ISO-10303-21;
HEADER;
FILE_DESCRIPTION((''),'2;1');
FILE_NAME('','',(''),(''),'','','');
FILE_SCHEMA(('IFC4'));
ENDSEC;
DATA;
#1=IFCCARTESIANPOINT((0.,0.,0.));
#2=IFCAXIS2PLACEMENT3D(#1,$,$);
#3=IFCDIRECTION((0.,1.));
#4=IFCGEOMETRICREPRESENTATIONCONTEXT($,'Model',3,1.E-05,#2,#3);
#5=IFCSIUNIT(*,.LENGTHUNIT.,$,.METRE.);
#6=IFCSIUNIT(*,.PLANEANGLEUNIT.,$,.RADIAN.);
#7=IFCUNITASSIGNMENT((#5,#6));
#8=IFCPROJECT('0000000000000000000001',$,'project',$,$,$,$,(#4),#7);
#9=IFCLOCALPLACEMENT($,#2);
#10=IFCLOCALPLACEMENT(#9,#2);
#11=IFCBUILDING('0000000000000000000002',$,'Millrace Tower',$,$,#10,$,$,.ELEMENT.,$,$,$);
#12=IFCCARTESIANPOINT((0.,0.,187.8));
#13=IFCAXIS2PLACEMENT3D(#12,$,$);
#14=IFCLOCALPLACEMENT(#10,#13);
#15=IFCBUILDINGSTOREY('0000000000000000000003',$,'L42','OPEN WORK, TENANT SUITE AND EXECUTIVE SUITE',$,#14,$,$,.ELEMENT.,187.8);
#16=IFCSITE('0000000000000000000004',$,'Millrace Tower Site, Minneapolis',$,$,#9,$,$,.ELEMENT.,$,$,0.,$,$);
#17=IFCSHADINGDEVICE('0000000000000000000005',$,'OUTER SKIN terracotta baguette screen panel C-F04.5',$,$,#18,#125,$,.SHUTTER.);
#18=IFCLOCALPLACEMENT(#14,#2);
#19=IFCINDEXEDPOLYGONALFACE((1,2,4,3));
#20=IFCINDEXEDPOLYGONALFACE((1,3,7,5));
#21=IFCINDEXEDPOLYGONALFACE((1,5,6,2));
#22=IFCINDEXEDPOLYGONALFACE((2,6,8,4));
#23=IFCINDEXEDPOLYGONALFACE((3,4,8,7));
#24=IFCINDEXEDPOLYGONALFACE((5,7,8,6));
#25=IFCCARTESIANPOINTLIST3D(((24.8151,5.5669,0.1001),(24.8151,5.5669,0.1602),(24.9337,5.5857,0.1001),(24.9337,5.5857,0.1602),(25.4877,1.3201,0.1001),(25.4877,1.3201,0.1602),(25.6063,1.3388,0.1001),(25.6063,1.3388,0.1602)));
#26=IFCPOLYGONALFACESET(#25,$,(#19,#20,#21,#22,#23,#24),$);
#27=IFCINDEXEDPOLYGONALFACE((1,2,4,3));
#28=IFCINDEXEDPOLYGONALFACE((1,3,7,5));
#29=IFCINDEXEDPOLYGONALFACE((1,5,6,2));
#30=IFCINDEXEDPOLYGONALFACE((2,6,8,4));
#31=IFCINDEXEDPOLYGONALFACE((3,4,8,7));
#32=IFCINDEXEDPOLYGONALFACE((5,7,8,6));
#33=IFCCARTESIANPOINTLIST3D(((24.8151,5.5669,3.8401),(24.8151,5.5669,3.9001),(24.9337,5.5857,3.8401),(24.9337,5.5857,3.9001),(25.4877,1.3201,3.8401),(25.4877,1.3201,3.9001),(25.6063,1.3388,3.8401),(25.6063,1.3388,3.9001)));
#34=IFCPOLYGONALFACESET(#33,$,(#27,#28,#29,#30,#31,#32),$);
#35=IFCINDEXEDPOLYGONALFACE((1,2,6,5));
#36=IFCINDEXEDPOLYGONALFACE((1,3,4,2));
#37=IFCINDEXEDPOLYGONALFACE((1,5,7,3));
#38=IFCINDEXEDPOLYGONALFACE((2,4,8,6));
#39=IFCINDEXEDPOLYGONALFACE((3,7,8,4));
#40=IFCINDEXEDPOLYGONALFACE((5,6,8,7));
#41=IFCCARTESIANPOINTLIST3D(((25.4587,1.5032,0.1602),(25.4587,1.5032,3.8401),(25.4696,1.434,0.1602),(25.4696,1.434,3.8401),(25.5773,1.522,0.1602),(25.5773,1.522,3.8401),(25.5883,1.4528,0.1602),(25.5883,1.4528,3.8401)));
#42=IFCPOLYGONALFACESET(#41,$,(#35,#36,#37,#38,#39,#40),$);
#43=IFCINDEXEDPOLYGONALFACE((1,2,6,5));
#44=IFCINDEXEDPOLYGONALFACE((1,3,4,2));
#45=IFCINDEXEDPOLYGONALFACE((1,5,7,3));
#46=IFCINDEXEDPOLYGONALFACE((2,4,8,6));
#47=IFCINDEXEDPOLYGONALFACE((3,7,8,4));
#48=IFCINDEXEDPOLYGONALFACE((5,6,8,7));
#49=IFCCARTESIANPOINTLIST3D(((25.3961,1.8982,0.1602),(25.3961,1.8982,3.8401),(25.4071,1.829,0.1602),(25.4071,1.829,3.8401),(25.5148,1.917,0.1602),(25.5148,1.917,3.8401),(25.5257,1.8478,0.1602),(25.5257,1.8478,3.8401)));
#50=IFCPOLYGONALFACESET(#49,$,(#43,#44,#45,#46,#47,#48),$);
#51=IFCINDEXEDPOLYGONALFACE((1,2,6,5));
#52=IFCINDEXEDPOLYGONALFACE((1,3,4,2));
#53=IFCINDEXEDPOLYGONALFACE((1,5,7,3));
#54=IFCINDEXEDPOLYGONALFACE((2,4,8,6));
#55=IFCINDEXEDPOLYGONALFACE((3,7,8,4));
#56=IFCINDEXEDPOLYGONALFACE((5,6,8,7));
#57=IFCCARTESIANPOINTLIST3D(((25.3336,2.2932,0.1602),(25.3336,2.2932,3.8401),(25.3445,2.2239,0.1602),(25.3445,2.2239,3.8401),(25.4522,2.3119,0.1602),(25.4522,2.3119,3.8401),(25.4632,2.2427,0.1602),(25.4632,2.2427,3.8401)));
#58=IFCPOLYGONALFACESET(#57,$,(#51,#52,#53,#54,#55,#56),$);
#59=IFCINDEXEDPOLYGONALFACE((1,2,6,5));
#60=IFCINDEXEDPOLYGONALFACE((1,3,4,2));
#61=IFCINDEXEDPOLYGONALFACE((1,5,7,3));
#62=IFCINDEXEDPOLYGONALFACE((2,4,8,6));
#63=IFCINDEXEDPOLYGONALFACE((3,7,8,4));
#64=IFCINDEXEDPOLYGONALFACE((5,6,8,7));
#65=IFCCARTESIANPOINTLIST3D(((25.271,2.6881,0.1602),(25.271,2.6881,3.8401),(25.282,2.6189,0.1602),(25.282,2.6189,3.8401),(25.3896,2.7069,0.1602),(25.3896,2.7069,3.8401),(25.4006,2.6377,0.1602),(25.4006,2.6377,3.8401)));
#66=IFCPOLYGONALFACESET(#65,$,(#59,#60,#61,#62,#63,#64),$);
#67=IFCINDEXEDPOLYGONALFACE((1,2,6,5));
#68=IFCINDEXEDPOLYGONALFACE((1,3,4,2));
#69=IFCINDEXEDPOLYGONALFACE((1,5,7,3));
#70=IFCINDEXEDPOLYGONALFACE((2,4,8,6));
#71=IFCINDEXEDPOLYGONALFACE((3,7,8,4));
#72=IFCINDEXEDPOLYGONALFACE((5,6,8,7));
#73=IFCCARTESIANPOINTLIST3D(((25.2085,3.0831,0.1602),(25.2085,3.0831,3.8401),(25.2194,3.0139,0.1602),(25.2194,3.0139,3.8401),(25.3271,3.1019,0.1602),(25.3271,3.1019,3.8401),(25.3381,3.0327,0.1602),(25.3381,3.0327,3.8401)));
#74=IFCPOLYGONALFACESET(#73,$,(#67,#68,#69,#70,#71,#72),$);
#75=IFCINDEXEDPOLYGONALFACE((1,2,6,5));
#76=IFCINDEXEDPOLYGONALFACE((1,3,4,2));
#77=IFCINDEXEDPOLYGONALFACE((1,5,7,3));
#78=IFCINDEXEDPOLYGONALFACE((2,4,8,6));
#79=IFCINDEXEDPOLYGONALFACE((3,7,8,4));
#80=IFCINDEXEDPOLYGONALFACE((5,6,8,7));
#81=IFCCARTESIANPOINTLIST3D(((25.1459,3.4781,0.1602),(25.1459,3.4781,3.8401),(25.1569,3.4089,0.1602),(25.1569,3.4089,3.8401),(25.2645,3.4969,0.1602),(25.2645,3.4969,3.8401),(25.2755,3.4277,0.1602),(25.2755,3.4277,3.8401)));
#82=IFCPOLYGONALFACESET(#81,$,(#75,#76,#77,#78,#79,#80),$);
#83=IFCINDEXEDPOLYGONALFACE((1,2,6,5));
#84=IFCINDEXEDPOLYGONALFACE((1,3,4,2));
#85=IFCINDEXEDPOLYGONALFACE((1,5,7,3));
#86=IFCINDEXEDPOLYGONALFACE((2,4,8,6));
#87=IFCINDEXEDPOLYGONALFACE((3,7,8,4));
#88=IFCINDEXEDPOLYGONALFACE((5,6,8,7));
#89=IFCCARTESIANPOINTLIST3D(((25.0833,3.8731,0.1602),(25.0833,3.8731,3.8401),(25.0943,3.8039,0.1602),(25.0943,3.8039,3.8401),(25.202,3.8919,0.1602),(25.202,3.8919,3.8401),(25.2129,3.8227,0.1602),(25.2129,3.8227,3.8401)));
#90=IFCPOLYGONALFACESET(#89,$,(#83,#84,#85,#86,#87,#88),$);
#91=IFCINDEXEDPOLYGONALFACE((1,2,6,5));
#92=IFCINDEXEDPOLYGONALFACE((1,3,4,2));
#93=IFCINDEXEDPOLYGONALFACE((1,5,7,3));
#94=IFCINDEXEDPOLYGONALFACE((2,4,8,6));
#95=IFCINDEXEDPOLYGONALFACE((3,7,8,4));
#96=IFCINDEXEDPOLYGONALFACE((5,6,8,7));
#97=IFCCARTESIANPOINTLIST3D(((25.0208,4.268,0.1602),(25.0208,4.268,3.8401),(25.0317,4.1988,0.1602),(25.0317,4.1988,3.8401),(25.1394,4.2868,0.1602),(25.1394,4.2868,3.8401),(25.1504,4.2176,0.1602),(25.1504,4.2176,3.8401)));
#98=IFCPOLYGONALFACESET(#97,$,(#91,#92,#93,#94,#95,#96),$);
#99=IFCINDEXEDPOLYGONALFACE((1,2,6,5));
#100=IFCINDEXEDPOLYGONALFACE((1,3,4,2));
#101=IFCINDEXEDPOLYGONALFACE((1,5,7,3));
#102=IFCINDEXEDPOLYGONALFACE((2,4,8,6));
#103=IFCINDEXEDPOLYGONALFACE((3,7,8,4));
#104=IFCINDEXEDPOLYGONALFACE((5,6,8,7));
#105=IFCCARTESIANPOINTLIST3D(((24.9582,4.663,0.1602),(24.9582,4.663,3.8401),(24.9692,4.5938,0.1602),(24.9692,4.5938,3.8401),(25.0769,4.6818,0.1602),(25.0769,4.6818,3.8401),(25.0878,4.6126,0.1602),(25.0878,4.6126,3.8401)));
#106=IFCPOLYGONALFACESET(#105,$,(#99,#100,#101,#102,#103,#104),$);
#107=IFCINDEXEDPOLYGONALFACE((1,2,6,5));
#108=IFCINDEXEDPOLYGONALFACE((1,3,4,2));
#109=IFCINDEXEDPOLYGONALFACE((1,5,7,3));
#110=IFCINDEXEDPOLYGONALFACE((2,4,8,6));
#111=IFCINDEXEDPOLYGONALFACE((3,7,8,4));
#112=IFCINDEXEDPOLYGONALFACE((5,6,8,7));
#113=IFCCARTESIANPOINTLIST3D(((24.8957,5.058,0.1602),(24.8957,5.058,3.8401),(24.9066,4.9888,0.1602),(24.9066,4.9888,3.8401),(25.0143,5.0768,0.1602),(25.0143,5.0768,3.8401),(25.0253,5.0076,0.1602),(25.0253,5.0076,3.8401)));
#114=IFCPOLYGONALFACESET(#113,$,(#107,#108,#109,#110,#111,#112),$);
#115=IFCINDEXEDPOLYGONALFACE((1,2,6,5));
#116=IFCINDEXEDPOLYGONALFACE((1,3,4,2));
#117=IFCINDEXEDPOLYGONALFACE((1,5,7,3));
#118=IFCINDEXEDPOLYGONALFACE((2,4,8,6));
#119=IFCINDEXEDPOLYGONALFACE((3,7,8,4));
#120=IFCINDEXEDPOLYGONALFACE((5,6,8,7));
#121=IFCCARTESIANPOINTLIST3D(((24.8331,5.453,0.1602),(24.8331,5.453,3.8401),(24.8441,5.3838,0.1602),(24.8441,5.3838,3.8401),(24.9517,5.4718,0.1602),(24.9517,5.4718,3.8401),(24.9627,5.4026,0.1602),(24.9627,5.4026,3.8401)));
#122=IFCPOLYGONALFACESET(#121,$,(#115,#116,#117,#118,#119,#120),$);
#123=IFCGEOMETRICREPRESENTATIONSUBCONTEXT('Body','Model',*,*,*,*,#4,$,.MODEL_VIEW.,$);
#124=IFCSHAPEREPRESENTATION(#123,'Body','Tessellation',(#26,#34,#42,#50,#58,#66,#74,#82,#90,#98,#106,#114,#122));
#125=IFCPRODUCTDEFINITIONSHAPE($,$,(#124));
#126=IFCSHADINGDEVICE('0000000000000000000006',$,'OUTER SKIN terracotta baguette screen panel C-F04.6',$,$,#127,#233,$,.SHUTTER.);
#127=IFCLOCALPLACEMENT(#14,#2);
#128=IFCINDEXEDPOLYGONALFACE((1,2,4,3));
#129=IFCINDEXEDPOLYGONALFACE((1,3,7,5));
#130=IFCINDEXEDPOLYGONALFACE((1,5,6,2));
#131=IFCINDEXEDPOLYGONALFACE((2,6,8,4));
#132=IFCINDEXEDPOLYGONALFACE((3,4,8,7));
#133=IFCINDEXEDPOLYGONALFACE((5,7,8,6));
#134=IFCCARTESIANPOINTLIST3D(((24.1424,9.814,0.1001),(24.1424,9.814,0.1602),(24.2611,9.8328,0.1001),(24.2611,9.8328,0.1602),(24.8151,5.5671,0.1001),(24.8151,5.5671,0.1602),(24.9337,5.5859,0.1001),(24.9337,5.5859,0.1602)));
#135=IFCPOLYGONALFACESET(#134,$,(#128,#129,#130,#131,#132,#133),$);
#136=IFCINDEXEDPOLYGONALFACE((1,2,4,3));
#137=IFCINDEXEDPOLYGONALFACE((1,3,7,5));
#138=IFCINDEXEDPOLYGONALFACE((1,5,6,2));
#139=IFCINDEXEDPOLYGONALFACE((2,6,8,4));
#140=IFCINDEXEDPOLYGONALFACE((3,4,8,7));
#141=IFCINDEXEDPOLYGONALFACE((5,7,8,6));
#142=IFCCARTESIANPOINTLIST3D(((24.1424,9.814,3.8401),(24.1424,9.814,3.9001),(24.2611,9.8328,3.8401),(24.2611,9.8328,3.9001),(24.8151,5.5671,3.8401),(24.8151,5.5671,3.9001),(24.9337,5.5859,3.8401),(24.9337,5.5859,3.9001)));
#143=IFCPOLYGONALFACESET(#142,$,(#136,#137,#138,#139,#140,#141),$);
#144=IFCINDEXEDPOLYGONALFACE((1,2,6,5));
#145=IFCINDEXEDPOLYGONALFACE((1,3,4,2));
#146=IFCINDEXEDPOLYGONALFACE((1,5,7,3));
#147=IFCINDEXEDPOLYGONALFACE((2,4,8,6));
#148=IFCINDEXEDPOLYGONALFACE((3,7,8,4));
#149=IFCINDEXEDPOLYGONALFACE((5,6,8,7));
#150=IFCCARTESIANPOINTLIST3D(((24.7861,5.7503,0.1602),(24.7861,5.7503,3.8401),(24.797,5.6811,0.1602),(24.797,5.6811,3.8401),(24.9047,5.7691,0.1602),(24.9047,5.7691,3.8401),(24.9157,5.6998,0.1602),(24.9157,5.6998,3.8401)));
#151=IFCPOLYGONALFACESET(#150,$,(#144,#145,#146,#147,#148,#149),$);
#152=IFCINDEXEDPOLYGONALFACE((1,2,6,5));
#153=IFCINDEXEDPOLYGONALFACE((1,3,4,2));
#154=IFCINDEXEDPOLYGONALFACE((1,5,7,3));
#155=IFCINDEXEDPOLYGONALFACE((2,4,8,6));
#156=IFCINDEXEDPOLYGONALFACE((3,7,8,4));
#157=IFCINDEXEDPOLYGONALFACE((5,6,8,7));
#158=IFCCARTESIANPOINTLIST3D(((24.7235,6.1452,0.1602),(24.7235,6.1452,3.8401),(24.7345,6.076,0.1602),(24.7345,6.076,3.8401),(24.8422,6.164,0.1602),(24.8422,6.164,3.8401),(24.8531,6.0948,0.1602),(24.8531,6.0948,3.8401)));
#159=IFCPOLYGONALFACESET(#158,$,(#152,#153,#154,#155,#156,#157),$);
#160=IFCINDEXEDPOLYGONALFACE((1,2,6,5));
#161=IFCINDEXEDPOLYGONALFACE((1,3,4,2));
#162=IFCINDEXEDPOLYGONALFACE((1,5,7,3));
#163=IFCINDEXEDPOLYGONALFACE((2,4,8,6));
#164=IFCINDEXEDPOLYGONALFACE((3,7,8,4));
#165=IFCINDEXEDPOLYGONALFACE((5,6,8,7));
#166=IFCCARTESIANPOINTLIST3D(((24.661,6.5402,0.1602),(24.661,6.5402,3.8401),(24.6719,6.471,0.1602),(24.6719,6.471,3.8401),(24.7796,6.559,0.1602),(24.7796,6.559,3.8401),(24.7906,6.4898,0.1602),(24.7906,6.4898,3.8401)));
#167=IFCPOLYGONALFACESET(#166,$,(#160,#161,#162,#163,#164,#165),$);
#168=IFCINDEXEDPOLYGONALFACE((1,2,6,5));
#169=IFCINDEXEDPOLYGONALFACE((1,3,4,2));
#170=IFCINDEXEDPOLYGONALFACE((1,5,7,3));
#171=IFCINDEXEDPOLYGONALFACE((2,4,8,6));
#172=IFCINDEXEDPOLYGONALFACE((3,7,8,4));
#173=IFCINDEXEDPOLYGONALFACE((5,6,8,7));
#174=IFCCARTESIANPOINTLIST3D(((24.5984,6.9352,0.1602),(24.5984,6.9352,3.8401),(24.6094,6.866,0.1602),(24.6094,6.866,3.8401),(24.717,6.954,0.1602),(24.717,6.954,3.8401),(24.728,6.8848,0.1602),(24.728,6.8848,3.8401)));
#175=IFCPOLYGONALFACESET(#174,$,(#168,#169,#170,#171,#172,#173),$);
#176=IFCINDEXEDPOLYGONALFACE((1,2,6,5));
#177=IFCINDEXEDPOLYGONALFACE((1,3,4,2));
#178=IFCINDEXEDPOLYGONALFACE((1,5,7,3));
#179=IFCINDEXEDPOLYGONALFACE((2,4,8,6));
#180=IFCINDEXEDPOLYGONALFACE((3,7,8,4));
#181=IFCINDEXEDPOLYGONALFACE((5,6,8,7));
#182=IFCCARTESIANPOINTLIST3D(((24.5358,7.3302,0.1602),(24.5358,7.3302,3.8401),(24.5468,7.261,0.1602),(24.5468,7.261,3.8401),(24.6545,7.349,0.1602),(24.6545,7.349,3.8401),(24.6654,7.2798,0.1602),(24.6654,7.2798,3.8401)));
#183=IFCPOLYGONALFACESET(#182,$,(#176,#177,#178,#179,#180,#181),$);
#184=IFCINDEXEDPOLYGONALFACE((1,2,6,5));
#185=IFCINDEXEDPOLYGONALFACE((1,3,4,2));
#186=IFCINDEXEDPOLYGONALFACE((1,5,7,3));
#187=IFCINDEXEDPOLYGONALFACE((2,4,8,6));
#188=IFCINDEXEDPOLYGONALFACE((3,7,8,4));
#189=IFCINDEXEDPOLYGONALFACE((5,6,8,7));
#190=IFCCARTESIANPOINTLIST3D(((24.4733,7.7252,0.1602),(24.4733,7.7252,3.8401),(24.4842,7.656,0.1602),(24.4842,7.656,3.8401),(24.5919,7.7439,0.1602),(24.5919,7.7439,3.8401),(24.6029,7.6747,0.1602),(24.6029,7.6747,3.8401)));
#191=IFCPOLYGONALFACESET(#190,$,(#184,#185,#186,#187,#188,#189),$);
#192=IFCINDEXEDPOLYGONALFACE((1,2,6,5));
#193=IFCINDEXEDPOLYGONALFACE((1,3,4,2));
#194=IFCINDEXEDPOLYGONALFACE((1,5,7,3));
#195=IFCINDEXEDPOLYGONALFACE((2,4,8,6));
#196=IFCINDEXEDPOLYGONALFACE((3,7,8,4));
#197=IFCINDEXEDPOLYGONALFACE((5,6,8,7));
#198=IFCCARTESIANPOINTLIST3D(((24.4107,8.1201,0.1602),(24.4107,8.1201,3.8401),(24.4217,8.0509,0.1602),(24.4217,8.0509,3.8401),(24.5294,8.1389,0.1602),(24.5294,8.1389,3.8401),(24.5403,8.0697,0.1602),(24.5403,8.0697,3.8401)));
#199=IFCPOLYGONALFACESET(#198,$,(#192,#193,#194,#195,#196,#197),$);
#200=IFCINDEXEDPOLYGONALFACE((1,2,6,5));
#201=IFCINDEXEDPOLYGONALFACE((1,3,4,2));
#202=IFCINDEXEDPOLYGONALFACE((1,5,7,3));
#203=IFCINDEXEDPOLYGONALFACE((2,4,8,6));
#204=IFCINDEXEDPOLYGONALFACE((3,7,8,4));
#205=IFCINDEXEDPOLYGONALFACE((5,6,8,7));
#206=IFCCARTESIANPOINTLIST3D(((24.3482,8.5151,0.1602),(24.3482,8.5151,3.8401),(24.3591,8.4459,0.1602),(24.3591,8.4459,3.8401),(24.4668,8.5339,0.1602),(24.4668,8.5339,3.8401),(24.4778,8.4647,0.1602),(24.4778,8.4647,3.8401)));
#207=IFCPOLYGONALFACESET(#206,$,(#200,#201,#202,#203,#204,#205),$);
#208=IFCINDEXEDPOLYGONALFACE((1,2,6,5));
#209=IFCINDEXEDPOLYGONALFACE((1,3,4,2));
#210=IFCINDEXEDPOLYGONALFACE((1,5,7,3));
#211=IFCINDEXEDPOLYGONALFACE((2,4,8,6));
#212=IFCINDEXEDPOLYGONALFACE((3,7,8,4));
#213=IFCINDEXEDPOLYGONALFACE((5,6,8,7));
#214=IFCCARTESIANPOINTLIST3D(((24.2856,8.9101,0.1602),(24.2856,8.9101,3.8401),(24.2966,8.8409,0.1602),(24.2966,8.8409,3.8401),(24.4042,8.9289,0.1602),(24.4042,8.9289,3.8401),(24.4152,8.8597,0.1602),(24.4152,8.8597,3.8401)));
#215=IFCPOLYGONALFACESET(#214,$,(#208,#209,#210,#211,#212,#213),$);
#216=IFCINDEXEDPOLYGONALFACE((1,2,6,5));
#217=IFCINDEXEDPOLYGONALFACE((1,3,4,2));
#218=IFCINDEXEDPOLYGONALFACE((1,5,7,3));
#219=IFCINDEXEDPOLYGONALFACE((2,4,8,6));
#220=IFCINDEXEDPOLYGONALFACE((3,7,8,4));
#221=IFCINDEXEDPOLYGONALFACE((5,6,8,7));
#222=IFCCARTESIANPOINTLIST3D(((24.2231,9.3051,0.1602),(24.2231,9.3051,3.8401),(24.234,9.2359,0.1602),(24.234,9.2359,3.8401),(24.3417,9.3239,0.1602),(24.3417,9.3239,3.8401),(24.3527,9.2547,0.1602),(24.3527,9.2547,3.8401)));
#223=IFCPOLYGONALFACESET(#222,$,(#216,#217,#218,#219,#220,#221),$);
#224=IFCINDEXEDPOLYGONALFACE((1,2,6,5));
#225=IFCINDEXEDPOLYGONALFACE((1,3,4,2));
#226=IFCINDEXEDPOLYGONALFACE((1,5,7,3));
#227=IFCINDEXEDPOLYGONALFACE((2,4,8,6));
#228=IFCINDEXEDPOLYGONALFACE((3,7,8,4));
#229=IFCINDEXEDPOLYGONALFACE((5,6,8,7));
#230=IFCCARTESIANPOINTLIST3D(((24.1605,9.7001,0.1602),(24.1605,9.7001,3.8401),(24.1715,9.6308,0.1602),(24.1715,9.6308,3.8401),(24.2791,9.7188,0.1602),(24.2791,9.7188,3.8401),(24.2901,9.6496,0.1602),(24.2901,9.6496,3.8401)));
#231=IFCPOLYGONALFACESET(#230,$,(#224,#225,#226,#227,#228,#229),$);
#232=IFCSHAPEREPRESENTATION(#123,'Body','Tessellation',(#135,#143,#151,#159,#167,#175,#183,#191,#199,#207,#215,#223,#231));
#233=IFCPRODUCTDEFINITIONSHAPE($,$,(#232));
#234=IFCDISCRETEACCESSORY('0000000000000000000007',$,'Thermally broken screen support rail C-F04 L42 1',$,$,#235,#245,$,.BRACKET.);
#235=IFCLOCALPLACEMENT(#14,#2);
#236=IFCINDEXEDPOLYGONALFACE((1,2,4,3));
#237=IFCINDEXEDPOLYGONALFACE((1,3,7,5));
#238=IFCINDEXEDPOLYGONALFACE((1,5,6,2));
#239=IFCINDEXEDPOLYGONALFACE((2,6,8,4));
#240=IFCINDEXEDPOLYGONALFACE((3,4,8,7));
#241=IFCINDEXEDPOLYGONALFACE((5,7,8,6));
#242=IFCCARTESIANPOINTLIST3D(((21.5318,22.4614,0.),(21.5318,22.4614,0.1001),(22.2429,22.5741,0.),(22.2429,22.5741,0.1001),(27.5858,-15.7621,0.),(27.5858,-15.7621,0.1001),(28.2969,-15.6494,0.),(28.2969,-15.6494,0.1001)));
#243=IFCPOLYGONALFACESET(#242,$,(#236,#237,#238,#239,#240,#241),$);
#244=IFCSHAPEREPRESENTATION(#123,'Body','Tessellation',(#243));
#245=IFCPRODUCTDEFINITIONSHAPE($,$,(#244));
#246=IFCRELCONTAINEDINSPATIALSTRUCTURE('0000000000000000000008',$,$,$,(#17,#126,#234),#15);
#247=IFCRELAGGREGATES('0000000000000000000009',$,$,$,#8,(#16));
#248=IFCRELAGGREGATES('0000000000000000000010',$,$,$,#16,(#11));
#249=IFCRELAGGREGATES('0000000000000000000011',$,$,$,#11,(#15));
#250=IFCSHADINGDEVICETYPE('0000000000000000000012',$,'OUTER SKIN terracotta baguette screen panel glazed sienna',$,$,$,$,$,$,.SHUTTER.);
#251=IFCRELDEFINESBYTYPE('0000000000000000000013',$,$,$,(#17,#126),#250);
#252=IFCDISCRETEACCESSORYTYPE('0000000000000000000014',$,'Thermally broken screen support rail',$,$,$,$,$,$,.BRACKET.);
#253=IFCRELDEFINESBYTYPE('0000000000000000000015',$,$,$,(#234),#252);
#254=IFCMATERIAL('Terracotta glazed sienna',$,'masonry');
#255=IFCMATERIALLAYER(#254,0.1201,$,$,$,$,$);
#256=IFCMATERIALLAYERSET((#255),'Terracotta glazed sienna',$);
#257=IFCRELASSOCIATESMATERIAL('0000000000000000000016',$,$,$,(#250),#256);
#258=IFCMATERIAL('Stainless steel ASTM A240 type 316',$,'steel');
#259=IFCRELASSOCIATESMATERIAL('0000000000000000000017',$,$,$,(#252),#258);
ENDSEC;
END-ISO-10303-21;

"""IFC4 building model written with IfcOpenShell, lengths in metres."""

from ifc_helpers import new_model, entity, si_unit, direction, frame, frame_2d, origin, origin_2d, place, context, subcontext, project, spatial, rectangle, extrude, source, transform, mapped, material, layer, layer_set, type_object, element, save


model = new_model("IFC4")

# Units and contexts
model_context = context("Model", 3, precision=1e-05, world=origin(), true_north=direction((0.0, 1.0)))
body_context = subcontext(model_context, "Body", "Model", "MODEL_VIEW")
ifc_project = project(units=[si_unit("LENGTHUNIT", "METRE"), si_unit("PLANEANGLEUNIT", "RADIAN")], contexts=[model_context])

# Site, building, storey
site_placement = place(None, origin())
site = spatial("IfcSite", under=ifc_project, at=site_placement, Name="Millrace Tower Site, Minneapolis", CompositionType="ELEMENT", RefElevation=0.0)
building_placement = place(site_placement, origin())
building = spatial("IfcBuilding", under=site, at=building_placement, Name="Millrace Tower", CompositionType="ELEMENT")
storey_placement = place(building_placement, frame((0.0, 0.0, 187.8)))
storey = spatial("IfcBuildingStorey", under=building, at=storey_placement, Name="L42", Description="OPEN WORK, TENANT SUITE AND EXECUTIVE SUITE", CompositionType="ELEMENT", Elevation=187.8)

# Shading devices
ifc_material_1 = material(Name="Terracotta glazed sienna", Category="masonry")
ifc_layer_1 = layer(ifc_material_1, 0.1201)
ifc_layer_set_1 = layer_set([ifc_layer_1], Name="Terracotta glazed sienna")
shading_device_type = type_object("IfcShadingDeviceType", Name="OUTER SKIN terracotta baguette screen panel glazed sienna", PredefinedType="SHUTTER", material=ifc_layer_set_1)
cartesian_point = entity("IfcCartesianPoint", [-2.1499, 0.0601])
shared_polyline = entity("IfcPolyline", [cartesian_point, entity("IfcCartesianPoint", [2.1499, 0.0601]), entity("IfcCartesianPoint", [2.1499, -0.0601]), entity("IfcCartesianPoint", [-2.1499, -0.0601]), cartesian_point])
shared_shape = source(origin(), body_context, "Body", "SweptSolid", [
    entity("IfcExtrudedAreaSolid", entity("IfcArbitraryClosedProfileDef", "AREA", None, shared_polyline), entity("IfcAxis2Placement3D", entity("IfcCartesianPoint", [0.0, 0.0, 0.0])), entity("IfcDirection", [0.0, 0.0, 1.0]), 0.0601),
    entity("IfcExtrudedAreaSolid", entity("IfcArbitraryClosedProfileDef", "AREA", None, shared_polyline), entity("IfcAxis2Placement3D", entity("IfcCartesianPoint", [0.0, 0.0, 3.74])), entity("IfcDirection", [0.0, 0.0, 1.0]), 0.0601),
    extrude(rectangle(XDim=0.0701, YDim=0.1201, at=frame_2d((-1.9995, 0.0))), frame((0.0, 0.0, 0.0601)), (0.0, 0.0, 1.0), 3.6799),
    extrude(rectangle(XDim=0.0701, YDim=0.1201, at=frame_2d((-1.5996, 0.0))), frame((0.0, 0.0, 0.0601)), (0.0, 0.0, 1.0), 3.6799),
    extrude(rectangle(XDim=0.0701, YDim=0.1201, at=frame_2d((-1.1997, 0.0))), frame((0.0, 0.0, 0.0601)), (0.0, 0.0, 1.0), 3.6799),
    extrude(rectangle(XDim=0.0701, YDim=0.1201, at=frame_2d((-0.7998, 0.0))), frame((0.0, 0.0, 0.0601)), (0.0, 0.0, 1.0), 3.6799),
    extrude(rectangle(XDim=0.0701, YDim=0.1201, at=frame_2d((-0.3999, 0.0))), frame((0.0, 0.0, 0.0601)), (0.0, 0.0, 1.0), 3.6799),
    extrude(rectangle(XDim=0.0701, YDim=0.1201, at=origin_2d()), frame((0.0, 0.0, 0.0601)), (0.0, 0.0, 1.0), 3.6799),
    extrude(rectangle(XDim=0.0701, YDim=0.1201, at=frame_2d((0.3999, 0.0))), frame((0.0, 0.0, 0.0601)), (0.0, 0.0, 1.0), 3.6799),
    extrude(rectangle(XDim=0.0701, YDim=0.1201, at=frame_2d((0.7998, 0.0))), frame((0.0, 0.0, 0.0601)), (0.0, 0.0, 1.0), 3.6799),
    extrude(rectangle(XDim=0.0701, YDim=0.1201, at=frame_2d((1.1997, 0.0))), frame((0.0, 0.0, 0.0601)), (0.0, 0.0, 1.0), 3.6799),
    extrude(rectangle(XDim=0.0701, YDim=0.1201, at=frame_2d((1.5996, 0.0))), frame((0.0, 0.0, 0.0601)), (0.0, 0.0, 1.0), 3.6799),
    extrude(rectangle(XDim=0.0701, YDim=0.1201, at=frame_2d((1.9995, 0.0))), frame((0.0, 0.0, 0.0601)), (0.0, 0.0, 1.0), 3.6799),
])
for number, where, z_axis, x_axis, name in (
    (1, (25.2107, 3.4529, 0.1001), (0.0, 0.0, 1.0), (-0.156434, 0.987688, 0.0), "OUTER SKIN terracotta baguette screen panel C-F04.5"),
    (2, (24.5381, 7.7, 0.1001), (0.0, 0.0, 1.0), (-0.156434, 0.987688, 0.0), "OUTER SKIN terracotta baguette screen panel C-F04.6"),
):
    element("IfcShadingDevice", number, at=place(storey_placement, frame(where, z_axis=z_axis, x_axis=x_axis)), inside=storey, type_object=shading_device_type, Name=name, PredefinedType="SHUTTER", context=body_context, shape_type="MappedRepresentation", body=[
        mapped(shared_shape, transform((0.0, 0.0, 0.0), scale=1.0)),
    ])

# Discrete accessory
ifc_material_2 = material(Name="Stainless steel ASTM A240 type 316", Category="steel")
discrete_accessory_type = type_object("IfcDiscreteAccessoryType", Name="Thermally broken screen support rail", PredefinedType="BRACKET", material=ifc_material_2)
discrete_accessory_placement = place(storey_placement, frame((24.9143, 3.406, 0.0), z_axis=(0.0, 0.0, 1.0), x_axis=(-0.156434, 0.987688, 0.0)))
element("IfcDiscreteAccessory", 3, at=discrete_accessory_placement, inside=storey, type_object=discrete_accessory_type, Name="Thermally broken screen support rail C-F04 L42 1", PredefinedType="BRACKET", context=body_context, shape_type="SweptSolid", body=[
    extrude(rectangle(XDim=38.7, YDim=0.72, at=origin_2d()), origin(), (0.0, 0.0, 1.0), 0.1001),
])

save(model, "model.ifc")
